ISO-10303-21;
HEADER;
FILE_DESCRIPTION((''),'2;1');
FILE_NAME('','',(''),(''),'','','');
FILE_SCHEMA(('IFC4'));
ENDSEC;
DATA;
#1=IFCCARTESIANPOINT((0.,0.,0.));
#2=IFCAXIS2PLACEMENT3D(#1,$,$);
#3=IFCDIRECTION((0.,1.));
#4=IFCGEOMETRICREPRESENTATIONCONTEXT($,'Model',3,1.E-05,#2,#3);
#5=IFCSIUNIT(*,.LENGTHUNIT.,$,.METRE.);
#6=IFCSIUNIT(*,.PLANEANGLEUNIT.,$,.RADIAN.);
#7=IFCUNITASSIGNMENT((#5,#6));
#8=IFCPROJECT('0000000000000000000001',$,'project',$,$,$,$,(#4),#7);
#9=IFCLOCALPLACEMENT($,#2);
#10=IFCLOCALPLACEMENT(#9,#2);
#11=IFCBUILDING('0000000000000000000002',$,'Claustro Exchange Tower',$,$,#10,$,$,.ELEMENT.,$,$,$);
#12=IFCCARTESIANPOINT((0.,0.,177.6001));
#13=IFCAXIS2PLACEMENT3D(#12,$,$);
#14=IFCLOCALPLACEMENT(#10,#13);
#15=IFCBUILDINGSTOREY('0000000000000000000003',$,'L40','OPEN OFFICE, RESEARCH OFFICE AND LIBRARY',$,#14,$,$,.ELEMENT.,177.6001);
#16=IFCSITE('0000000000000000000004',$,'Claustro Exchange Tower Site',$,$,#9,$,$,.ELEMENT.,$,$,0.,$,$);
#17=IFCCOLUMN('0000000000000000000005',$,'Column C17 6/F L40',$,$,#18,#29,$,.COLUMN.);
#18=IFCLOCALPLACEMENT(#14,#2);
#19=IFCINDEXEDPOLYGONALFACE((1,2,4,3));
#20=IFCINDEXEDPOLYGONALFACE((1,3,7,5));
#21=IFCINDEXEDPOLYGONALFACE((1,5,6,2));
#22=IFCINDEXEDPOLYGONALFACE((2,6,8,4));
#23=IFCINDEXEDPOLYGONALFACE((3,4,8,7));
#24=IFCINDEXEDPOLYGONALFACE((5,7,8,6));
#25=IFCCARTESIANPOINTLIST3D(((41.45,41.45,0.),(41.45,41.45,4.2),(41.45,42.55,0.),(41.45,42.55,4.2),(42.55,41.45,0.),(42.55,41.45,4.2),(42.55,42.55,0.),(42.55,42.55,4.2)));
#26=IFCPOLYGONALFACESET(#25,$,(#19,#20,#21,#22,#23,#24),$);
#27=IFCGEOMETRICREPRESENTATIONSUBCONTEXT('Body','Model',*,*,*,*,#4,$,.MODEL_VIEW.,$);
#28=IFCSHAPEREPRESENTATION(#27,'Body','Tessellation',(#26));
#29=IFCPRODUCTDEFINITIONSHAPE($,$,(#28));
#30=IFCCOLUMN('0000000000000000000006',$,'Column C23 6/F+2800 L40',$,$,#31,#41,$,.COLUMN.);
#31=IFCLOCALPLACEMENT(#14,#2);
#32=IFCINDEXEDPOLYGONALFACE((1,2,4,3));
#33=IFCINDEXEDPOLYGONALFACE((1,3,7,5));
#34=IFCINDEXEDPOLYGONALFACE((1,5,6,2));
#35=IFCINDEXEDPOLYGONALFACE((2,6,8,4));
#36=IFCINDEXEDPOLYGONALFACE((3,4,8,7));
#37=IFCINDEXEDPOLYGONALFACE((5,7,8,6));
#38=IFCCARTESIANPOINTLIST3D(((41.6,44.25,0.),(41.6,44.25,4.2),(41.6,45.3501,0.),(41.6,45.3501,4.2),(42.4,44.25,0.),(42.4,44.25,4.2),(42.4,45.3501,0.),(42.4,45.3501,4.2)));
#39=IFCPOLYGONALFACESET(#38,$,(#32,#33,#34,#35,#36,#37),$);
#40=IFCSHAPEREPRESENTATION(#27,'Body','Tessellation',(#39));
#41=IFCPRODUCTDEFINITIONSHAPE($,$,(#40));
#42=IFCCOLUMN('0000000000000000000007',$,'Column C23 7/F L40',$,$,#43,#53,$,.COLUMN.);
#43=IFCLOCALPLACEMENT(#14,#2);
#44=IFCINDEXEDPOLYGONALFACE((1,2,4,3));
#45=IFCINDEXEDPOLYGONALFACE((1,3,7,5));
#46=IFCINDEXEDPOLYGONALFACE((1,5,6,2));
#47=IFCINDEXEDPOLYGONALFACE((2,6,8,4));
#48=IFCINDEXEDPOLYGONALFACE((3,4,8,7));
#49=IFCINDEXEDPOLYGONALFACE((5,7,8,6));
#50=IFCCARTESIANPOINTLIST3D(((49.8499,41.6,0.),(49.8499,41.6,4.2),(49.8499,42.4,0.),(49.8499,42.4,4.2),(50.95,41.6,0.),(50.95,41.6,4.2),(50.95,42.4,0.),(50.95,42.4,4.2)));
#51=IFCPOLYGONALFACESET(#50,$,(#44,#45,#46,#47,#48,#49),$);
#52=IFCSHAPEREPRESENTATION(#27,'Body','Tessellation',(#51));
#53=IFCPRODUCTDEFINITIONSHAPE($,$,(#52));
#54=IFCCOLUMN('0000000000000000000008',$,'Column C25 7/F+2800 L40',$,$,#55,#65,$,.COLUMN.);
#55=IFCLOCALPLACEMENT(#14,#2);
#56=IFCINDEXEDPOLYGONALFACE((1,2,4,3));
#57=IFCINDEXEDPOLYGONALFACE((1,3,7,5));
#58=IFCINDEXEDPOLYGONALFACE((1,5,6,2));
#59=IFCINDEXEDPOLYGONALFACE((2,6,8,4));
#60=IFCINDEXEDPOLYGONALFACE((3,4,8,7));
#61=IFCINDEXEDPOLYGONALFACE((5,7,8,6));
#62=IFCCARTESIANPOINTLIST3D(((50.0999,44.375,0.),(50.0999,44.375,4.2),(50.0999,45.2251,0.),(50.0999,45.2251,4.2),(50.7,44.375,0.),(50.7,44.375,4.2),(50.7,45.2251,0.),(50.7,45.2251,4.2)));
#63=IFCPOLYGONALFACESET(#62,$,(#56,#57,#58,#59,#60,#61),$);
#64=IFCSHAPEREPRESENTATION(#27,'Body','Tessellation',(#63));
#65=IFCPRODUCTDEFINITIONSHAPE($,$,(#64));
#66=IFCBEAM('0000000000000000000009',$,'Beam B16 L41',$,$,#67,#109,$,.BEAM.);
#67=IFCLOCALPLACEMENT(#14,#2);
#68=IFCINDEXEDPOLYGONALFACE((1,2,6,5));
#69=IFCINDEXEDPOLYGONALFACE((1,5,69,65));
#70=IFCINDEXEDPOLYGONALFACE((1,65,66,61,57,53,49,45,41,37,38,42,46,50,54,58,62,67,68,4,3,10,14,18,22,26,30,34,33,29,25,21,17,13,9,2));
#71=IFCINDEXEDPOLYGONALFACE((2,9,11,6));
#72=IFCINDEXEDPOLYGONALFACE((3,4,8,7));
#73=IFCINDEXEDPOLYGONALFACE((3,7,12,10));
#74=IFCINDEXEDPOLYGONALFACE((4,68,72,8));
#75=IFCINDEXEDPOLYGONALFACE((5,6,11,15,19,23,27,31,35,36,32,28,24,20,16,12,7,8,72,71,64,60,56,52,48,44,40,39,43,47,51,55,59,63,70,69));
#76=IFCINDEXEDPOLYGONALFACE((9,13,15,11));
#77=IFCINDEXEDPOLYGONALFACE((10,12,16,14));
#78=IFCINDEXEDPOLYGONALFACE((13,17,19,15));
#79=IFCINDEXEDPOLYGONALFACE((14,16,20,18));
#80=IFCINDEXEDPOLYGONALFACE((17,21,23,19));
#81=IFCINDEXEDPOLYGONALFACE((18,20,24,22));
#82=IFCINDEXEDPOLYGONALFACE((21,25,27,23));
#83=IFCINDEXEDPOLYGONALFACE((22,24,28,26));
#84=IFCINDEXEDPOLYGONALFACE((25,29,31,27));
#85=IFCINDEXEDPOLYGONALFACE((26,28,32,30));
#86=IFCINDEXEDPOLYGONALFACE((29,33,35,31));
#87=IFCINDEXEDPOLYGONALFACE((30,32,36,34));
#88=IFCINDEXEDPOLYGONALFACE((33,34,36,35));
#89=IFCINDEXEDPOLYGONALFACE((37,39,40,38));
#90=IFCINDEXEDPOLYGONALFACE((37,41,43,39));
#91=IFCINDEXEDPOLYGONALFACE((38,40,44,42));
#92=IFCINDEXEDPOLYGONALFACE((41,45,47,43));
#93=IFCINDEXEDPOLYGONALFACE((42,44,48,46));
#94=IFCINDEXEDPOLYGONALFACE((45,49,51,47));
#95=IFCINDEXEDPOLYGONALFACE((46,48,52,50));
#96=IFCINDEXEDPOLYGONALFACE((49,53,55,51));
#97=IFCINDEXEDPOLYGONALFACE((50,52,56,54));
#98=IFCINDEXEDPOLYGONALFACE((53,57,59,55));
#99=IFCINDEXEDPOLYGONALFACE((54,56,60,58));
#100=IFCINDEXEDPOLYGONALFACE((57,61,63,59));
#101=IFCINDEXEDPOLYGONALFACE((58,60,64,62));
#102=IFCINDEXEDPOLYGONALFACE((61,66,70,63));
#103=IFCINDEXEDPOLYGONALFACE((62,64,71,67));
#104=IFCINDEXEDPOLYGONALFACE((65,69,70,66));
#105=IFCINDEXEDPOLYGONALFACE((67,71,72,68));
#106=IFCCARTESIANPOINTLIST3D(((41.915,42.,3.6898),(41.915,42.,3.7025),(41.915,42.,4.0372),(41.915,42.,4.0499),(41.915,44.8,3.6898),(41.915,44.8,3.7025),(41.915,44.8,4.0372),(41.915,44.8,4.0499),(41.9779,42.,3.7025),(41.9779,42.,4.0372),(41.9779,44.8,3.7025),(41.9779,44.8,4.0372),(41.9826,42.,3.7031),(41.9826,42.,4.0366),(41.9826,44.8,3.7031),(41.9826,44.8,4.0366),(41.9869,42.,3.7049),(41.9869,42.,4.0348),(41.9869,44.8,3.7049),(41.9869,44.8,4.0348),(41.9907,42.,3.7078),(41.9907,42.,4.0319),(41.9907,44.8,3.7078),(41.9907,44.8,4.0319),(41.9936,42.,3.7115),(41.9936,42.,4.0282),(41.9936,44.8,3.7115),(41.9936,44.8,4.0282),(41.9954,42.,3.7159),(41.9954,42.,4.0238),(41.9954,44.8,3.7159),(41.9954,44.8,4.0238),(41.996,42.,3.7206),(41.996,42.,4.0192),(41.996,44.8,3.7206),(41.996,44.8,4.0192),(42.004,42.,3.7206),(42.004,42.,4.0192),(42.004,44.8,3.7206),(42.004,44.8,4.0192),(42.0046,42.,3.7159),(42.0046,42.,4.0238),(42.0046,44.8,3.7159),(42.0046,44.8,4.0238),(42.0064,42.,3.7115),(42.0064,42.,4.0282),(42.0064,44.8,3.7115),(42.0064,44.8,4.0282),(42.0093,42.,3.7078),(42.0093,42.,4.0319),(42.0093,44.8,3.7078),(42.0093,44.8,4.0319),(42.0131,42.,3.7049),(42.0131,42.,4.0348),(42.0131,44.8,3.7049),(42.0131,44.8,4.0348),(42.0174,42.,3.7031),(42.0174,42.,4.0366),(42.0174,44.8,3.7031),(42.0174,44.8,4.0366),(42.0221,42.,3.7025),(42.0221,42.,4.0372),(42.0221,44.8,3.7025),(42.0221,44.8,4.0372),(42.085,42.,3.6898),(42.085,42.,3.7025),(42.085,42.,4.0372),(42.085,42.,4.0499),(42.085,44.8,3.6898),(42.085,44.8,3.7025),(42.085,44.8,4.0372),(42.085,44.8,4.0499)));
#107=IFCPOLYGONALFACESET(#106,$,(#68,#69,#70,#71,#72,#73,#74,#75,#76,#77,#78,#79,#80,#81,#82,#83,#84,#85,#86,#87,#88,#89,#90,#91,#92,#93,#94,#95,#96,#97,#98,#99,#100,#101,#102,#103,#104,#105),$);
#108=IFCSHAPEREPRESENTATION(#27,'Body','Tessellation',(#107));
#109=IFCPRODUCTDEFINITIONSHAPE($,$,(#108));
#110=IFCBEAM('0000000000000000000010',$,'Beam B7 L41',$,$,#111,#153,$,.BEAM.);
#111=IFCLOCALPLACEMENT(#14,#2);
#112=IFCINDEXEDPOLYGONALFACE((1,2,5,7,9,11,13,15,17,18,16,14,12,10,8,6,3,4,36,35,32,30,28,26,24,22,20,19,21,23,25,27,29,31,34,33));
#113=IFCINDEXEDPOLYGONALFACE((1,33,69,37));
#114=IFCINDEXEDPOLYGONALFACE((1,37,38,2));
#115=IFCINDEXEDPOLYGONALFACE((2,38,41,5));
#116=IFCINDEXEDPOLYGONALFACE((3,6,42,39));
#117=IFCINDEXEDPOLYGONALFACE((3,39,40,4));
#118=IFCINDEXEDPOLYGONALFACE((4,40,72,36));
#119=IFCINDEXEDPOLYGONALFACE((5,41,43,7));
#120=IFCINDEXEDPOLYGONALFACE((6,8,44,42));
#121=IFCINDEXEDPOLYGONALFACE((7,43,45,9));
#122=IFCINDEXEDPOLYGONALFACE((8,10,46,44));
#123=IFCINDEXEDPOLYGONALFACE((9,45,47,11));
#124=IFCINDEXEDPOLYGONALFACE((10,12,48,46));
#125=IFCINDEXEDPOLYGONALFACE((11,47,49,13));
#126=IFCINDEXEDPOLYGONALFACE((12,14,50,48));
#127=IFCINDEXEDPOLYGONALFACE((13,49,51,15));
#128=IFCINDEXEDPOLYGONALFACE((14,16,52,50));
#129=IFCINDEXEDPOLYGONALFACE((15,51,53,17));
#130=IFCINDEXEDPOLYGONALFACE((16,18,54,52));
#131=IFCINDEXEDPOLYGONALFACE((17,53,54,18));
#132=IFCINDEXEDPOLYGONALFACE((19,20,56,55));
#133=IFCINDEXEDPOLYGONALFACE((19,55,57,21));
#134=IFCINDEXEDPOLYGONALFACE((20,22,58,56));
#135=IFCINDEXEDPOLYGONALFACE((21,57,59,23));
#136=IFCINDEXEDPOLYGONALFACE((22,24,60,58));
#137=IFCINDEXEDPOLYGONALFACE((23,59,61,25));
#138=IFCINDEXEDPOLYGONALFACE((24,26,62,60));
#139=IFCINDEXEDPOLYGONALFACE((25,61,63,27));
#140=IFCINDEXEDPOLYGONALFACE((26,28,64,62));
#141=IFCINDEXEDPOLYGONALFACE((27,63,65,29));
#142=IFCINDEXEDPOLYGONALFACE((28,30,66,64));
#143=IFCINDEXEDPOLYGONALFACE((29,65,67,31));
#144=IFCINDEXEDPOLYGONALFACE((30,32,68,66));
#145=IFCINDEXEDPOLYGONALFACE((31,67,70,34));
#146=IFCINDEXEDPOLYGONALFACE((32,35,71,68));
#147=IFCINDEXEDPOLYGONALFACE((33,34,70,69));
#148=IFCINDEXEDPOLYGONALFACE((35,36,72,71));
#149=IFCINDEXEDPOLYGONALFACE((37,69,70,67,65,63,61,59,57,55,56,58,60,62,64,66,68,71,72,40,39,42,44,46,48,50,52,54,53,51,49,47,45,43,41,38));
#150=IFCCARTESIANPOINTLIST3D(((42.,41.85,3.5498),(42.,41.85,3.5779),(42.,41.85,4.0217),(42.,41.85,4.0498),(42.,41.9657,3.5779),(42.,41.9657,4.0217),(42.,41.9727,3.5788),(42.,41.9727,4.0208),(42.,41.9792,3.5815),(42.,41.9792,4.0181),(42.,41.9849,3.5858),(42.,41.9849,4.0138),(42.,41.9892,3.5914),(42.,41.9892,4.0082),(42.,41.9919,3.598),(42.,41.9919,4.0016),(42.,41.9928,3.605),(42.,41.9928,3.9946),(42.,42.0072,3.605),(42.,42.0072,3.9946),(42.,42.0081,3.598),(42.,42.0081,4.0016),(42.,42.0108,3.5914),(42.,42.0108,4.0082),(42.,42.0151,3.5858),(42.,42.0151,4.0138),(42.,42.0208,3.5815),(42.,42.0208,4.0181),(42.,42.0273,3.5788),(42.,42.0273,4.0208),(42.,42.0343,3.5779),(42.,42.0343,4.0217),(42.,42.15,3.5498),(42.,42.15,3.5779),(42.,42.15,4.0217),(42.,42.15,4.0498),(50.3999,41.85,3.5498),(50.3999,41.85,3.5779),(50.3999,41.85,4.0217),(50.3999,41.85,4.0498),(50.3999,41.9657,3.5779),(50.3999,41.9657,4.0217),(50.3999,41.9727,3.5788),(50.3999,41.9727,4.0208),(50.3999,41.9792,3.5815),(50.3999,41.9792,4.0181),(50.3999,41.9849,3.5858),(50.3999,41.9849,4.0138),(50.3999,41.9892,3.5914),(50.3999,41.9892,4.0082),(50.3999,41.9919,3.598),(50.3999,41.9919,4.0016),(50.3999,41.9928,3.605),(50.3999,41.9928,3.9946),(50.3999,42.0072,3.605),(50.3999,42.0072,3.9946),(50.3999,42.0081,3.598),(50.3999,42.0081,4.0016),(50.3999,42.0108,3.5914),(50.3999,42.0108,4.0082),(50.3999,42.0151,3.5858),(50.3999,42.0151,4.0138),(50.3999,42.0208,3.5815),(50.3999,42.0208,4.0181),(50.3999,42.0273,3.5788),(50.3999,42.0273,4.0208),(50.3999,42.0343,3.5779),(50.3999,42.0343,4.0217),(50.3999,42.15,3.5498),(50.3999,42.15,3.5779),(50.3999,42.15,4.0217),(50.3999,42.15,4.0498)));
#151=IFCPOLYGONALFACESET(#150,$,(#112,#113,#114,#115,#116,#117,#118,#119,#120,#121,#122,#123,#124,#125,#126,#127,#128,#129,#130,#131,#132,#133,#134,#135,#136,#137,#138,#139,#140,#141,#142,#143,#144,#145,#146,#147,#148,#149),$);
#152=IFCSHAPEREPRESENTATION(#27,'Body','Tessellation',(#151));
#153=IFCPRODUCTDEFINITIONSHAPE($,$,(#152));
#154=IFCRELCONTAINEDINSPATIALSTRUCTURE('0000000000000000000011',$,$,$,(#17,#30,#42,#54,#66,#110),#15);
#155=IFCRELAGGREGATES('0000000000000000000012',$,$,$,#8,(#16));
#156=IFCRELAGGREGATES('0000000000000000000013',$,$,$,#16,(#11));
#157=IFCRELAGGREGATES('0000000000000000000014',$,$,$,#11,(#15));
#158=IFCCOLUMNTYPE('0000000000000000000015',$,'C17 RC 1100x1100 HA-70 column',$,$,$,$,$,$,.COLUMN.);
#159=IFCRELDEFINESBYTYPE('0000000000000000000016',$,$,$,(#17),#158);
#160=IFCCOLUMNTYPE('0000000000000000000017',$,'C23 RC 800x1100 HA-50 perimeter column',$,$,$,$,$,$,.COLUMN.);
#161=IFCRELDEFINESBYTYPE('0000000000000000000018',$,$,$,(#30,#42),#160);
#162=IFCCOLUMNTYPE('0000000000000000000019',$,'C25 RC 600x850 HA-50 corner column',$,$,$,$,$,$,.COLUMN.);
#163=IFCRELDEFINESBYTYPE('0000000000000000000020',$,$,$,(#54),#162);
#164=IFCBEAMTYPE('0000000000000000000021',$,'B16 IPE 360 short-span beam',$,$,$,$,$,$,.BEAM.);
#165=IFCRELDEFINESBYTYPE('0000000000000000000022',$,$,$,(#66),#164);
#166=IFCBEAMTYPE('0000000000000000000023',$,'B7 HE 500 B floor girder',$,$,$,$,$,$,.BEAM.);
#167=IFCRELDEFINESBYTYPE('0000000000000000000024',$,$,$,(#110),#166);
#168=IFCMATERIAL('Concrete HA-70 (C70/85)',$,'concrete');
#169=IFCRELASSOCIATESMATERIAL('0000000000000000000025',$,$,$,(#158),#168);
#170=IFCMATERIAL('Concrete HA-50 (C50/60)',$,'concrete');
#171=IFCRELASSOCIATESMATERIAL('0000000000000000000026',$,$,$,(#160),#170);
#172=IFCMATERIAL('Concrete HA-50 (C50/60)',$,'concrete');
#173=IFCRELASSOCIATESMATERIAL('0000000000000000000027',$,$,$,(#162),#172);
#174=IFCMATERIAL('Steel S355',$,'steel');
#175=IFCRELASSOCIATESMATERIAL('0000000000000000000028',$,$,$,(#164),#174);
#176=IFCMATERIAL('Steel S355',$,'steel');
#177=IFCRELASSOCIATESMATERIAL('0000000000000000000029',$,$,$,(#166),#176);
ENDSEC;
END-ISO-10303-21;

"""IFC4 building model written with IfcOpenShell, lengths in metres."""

from ifc_helpers import new_model, si_unit, direction, frame, origin, origin_2d, place, context, subcontext, project, spatial, rectangle, i_section, extrude, material, material_profile, profile_set, type_object, element, save


model = new_model("IFC4")

# Units and contexts
model_context = context("Model", 3, precision=1e-05, world=origin(), true_north=direction((0.0, 1.0)))
body_context = subcontext(model_context, "Body", "Model", "MODEL_VIEW")
ifc_project = project(units=[si_unit("LENGTHUNIT", "METRE"), si_unit("PLANEANGLEUNIT", "RADIAN")], contexts=[model_context])

# Site, building, storey
site_placement = place(None, origin())
site = spatial("IfcSite", under=ifc_project, at=site_placement, Name="Claustro Exchange Tower Site", CompositionType="ELEMENT", RefElevation=0.0)
building_placement = place(site_placement, origin())
building = spatial("IfcBuilding", under=site, at=building_placement, Name="Claustro Exchange Tower", CompositionType="ELEMENT")
storey_placement = place(building_placement, frame((0.0, 0.0, 177.6001)))
storey = spatial("IfcBuildingStorey", under=building, at=storey_placement, Name="L40", Description="OPEN OFFICE, RESEARCH OFFICE AND LIBRARY", CompositionType="ELEMENT", Elevation=177.6001)

# Columns
ifc_material_1 = material(Name="Concrete HA-70 (C70/85)", Category="concrete")
ifc_material_profile_1 = material_profile(ifc_material_1, rectangle(XDim=1.1001, YDim=1.1001, at=origin_2d()), Name="RC 1100x1100")
ifc_profile_set_1 = profile_set([ifc_material_profile_1], Name="Concrete HA-70 (C70/85)")
column_type_1 = type_object("IfcColumnType", Name="C17 RC 1100x1100 HA-70 column", PredefinedType="COLUMN", material=ifc_profile_set_1)
column_1_placement = place(storey_placement, frame((42.0, 42.0, 0.0), z_axis=(0.0, 0.0, 1.0), x_axis=(1.0, 0.0, 0.0)))
element("IfcColumn", 1, at=column_1_placement, inside=storey, type_object=column_type_1, Name="Column C17 6/F L40", PredefinedType="COLUMN", context=body_context, shape_type="SweptSolid", body=[
    extrude(rectangle(XDim=1.1001, YDim=1.1001, at=origin_2d()), origin(), (0.0, 0.0, 1.0), 4.2),
])
ifc_material_2 = material(Name="Concrete HA-50 (C50/60)", Category="concrete")
ifc_material_profile_2 = material_profile(ifc_material_2, rectangle(XDim=0.8, YDim=1.1001, at=origin_2d()), Name="RC 800x1100")
ifc_profile_set_2 = profile_set([ifc_material_profile_2], Name="Concrete HA-50 (C50/60)")
column_type_2 = type_object("IfcColumnType", Name="C23 RC 800x1100 HA-50 perimeter column", PredefinedType="COLUMN", material=ifc_profile_set_2)
for number, where, z_axis, x_axis, name in (
    (2, (42.0, 44.8, 0.0), (0.0, 0.0, 1.0), (1.0, 0.0, 0.0), "Column C23 6/F+2800 L40"),
    (3, (50.3999, 42.0, 0.0), (0.0, 0.0, 1.0), (0.0, 1.0, 0.0), "Column C23 7/F L40"),
):
    element("IfcColumn", number, at=place(storey_placement, frame(where, z_axis=z_axis, x_axis=x_axis)), inside=storey, type_object=column_type_2, Name=name, PredefinedType="COLUMN", context=body_context, shape_type="SweptSolid", body=[
        extrude(rectangle(XDim=0.8, YDim=1.1001, at=origin_2d()), origin(), (0.0, 0.0, 1.0), 4.2),
    ])
ifc_material_3 = material(Name="Concrete HA-50 (C50/60)", Category="concrete")
ifc_material_profile_3 = material_profile(ifc_material_3, rectangle(XDim=0.6001, YDim=0.8501, at=origin_2d()), Name="RC 600x850")
ifc_profile_set_3 = profile_set([ifc_material_profile_3], Name="Concrete HA-50 (C50/60)")
column_type_3 = type_object("IfcColumnType", Name="C25 RC 600x850 HA-50 corner column", PredefinedType="COLUMN", material=ifc_profile_set_3)
column_2_placement = place(storey_placement, frame((50.3999, 44.8, 0.0), z_axis=(0.0, 0.0, 1.0), x_axis=(1.0, 0.0, 0.0)))
element("IfcColumn", 4, at=column_2_placement, inside=storey, type_object=column_type_3, Name="Column C25 7/F+2800 L40", PredefinedType="COLUMN", context=body_context, shape_type="SweptSolid", body=[
    extrude(rectangle(XDim=0.6001, YDim=0.8501, at=origin_2d()), origin(), (0.0, 0.0, 1.0), 4.2),
])

# Beams
ifc_material_4 = material(Name="Steel S355", Category="steel")
ifc_material_profile_4 = material_profile(ifc_material_4, i_section(OverallWidth=0.1699, OverallDepth=0.3601, WebThickness=0.0081, FlangeThickness=0.0127, FilletRadius=0.0181, at=origin_2d()), Name="IPE 360")
ifc_profile_set_4 = profile_set([ifc_material_profile_4], Name="Steel S355")
beam_type_1 = type_object("IfcBeamType", Name="B16 IPE 360 short-span beam", PredefinedType="BEAM", material=ifc_profile_set_4)
beam_1_placement = place(storey_placement, frame((42.0, 42.0, 3.8699), z_axis=(0.0, 1.0, 0.0), x_axis=(-1.0, 0.0, 0.0)))
element("IfcBeam", 5, at=beam_1_placement, inside=storey, type_object=beam_type_1, Name="Beam B16 L41", PredefinedType="BEAM", context=body_context, shape_type="SweptSolid", body=[
    extrude(i_section(OverallWidth=0.1699, OverallDepth=0.3601, WebThickness=0.0081, FlangeThickness=0.0127, FilletRadius=0.0181, at=origin_2d()), origin(), (0.0, 0.0, 1.0), 2.8),
])
ifc_material_5 = material(Name="Steel S355", Category="steel")
ifc_material_profile_5 = material_profile(ifc_material_5, i_section(OverallWidth=0.3, OverallDepth=0.5, WebThickness=0.0144, FlangeThickness=0.0281, FilletRadius=0.0271, at=origin_2d()), Name="HE 500 B")
ifc_profile_set_5 = profile_set([ifc_material_profile_5], Name="Steel S355")
beam_type_2 = type_object("IfcBeamType", Name="B7 HE 500 B floor girder", PredefinedType="BEAM", material=ifc_profile_set_5)
beam_2_placement = place(storey_placement, frame((42.0, 42.0, 3.7998), z_axis=(1.0, 0.0, 0.0), x_axis=(0.0, 1.0, 0.0)))
element("IfcBeam", 6, at=beam_2_placement, inside=storey, type_object=beam_type_2, Name="Beam B7 L41", PredefinedType="BEAM", context=body_context, shape_type="SweptSolid", body=[
    extrude(i_section(OverallWidth=0.3, OverallDepth=0.5, WebThickness=0.0144, FlangeThickness=0.0281, FilletRadius=0.0271, at=origin_2d()), origin(), (0.0, 0.0, 1.0), 8.3999),
])

save(model, "model.ifc")
